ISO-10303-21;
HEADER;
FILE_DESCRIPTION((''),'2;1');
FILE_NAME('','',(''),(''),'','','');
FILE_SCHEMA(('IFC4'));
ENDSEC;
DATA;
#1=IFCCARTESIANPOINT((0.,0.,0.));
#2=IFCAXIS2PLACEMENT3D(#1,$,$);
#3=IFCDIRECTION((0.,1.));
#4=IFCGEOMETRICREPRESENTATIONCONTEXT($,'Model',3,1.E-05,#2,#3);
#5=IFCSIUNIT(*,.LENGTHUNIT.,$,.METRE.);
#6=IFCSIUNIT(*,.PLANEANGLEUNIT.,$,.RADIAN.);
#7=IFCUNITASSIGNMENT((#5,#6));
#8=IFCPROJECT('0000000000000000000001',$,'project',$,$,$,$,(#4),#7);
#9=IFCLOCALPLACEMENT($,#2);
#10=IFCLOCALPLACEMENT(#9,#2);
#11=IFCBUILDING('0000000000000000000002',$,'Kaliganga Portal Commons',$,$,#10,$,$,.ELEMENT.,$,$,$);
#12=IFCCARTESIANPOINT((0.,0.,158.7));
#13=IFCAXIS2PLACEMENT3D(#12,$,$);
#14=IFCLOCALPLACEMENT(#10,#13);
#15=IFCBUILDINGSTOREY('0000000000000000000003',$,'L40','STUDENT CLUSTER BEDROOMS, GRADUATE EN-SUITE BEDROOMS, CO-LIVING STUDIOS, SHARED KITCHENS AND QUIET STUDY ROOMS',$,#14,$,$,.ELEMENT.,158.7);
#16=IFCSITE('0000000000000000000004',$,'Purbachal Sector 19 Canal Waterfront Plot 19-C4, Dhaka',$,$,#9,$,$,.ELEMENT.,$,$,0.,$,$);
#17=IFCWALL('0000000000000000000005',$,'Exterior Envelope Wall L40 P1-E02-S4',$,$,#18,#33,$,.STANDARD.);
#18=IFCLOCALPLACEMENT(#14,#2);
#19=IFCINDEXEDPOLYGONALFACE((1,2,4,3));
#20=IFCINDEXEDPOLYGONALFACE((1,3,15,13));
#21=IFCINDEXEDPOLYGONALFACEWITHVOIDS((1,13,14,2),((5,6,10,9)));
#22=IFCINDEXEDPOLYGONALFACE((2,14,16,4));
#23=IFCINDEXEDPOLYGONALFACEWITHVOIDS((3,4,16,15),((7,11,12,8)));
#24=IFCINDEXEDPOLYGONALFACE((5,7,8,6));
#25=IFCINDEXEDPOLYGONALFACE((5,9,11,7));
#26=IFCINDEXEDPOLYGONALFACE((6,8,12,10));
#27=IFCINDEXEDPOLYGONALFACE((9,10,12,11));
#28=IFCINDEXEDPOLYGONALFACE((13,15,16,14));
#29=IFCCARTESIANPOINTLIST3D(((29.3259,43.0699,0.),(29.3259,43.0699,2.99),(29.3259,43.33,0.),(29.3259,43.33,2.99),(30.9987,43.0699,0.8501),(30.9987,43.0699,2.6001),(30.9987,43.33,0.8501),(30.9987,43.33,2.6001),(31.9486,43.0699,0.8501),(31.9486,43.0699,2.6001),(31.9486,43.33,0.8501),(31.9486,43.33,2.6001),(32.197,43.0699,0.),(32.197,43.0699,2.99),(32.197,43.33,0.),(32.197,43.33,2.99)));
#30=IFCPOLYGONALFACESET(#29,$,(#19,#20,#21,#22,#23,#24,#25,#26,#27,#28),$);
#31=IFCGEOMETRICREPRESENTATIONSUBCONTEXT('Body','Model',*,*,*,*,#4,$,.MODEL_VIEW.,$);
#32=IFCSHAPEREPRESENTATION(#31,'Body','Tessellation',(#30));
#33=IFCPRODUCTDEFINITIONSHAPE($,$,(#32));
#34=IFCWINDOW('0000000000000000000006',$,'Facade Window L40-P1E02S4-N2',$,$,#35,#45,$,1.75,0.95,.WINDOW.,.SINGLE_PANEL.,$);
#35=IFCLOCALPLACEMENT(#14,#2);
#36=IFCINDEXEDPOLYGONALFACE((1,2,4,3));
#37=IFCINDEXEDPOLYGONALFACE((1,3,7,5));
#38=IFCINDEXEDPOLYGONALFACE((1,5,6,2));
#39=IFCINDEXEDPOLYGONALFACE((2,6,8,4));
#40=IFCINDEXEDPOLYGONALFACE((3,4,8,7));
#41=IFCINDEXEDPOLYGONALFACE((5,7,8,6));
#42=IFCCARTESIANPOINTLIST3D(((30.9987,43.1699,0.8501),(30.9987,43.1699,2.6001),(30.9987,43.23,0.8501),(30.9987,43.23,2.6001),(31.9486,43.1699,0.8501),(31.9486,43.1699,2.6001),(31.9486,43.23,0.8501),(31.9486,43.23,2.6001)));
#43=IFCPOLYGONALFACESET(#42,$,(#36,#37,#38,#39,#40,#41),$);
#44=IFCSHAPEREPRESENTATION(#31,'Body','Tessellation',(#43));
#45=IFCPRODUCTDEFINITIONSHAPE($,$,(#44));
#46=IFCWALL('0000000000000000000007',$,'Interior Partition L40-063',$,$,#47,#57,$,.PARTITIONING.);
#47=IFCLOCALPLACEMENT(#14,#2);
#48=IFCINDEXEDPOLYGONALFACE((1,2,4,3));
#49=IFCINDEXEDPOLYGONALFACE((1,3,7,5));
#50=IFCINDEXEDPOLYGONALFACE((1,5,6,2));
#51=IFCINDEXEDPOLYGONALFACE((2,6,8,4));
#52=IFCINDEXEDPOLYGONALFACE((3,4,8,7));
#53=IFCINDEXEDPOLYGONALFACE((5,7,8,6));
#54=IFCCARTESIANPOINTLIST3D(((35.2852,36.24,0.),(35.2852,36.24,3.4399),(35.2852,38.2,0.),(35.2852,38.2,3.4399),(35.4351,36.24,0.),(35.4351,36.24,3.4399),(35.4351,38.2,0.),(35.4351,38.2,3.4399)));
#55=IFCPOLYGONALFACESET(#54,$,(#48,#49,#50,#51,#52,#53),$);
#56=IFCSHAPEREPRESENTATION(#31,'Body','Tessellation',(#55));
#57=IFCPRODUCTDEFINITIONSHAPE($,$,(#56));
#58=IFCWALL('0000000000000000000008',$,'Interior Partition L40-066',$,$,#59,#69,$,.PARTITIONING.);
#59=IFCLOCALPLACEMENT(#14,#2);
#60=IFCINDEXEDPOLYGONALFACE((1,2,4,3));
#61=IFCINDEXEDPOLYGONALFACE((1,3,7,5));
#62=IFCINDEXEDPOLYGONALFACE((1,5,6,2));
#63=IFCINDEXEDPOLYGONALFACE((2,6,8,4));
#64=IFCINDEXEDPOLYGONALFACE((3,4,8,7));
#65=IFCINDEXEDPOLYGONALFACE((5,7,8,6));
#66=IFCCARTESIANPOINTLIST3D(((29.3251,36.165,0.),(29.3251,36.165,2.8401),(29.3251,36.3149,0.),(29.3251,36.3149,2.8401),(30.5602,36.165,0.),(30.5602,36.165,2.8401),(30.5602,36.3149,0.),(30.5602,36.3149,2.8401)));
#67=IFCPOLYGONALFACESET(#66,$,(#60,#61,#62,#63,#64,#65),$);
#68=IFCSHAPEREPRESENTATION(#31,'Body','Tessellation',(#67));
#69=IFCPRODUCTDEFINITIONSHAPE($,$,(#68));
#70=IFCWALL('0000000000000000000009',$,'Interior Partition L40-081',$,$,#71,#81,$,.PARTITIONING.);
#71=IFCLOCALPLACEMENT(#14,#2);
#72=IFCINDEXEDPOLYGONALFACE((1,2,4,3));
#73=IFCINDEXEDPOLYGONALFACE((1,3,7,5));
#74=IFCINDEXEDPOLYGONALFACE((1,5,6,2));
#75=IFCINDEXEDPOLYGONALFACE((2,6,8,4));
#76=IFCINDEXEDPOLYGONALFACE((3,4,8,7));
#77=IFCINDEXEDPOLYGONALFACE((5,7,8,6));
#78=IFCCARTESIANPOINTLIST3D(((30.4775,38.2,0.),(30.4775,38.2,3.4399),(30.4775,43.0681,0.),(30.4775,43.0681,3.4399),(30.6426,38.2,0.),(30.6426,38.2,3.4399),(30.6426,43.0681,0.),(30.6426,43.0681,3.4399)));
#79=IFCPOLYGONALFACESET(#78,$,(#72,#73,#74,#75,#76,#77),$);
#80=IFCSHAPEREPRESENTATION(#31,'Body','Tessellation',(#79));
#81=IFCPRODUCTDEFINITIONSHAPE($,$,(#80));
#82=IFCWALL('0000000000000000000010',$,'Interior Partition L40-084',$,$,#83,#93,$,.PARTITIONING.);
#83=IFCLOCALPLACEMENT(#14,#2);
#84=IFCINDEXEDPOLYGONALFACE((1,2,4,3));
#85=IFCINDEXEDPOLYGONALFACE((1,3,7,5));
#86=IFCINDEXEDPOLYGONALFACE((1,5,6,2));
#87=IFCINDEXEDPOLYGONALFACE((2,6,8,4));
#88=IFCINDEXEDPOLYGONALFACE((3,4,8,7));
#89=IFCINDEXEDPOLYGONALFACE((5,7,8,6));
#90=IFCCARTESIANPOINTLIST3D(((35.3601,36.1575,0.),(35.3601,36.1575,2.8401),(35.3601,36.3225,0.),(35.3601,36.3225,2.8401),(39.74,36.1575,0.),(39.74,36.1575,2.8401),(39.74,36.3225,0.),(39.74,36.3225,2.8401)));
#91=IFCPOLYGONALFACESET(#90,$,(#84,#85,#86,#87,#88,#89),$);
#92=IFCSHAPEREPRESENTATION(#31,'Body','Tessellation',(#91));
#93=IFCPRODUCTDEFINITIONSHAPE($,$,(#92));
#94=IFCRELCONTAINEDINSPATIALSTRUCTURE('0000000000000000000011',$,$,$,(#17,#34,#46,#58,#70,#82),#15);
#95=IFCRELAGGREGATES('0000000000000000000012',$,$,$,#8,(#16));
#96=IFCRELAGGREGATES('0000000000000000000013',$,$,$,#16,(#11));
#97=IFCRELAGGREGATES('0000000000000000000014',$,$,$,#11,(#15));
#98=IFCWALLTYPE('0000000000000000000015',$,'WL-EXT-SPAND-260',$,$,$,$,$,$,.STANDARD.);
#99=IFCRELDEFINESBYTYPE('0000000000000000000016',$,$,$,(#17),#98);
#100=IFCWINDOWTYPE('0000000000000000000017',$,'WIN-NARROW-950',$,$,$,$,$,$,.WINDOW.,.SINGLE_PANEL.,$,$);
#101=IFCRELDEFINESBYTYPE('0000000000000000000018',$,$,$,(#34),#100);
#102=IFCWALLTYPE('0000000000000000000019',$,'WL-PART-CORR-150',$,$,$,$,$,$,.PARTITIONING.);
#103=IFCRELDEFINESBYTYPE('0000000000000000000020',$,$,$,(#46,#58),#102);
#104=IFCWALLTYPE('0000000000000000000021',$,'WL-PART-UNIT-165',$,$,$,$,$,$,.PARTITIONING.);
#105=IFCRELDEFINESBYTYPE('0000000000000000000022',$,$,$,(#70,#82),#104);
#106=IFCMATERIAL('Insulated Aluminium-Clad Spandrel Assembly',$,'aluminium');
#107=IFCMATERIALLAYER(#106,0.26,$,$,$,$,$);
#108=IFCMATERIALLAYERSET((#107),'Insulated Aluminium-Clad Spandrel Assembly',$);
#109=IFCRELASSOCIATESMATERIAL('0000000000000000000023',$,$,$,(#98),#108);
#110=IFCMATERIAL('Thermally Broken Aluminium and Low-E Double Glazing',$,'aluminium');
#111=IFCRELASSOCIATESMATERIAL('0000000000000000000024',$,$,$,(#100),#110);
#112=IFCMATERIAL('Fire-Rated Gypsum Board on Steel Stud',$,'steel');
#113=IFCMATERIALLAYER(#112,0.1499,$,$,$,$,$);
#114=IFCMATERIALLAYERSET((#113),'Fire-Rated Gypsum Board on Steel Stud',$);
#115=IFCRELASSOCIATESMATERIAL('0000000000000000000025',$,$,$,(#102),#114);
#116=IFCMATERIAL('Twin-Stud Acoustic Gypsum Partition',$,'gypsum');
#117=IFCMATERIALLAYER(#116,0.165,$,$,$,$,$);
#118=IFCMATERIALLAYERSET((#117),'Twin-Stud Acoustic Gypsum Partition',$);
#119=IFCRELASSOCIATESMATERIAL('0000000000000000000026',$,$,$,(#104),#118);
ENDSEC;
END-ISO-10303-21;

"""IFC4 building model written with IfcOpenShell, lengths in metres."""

from ifc_helpers import new_model, si_unit, direction, frame, frame_2d, origin, place, context, subcontext, project, spatial, rectangle, extrude, material, layer, layer_set, type_object, element, fill, save


model = new_model("IFC4")

# Units and contexts
model_context = context("Model", 3, precision=1e-05, world=origin(), true_north=direction((0.0, 1.0)))
body_context = subcontext(model_context, "Body", "Model", "MODEL_VIEW")
ifc_project = project(units=[si_unit("LENGTHUNIT", "METRE"), si_unit("PLANEANGLEUNIT", "RADIAN")], contexts=[model_context])

# Site, building, storey
site_placement = place(None, origin())
site = spatial("IfcSite", under=ifc_project, at=site_placement, Name="Purbachal Sector 19 Canal Waterfront Plot 19-C4, Dhaka", CompositionType="ELEMENT", RefElevation=0.0)
building_placement = place(site_placement, origin())
building = spatial("IfcBuilding", under=site, at=building_placement, Name="Kaliganga Portal Commons", CompositionType="ELEMENT")
storey_placement = place(building_placement, frame((0.0, 0.0, 158.7)))
storey = spatial("IfcBuildingStorey", under=building, at=storey_placement, Name="L40", Description="STUDENT CLUSTER BEDROOMS, GRADUATE EN-SUITE BEDROOMS, CO-LIVING STUDIOS, SHARED KITCHENS AND QUIET STUDY ROOMS", CompositionType="ELEMENT", Elevation=158.7)

# Wall, opening, window
ifc_material_1 = material(Name="Insulated Aluminium-Clad Spandrel Assembly", Category="aluminium")
ifc_layer_1 = layer(ifc_material_1, 0.26)
ifc_layer_set_1 = layer_set([ifc_layer_1], Name="Insulated Aluminium-Clad Spandrel Assembly")
wall_type_1 = type_object("IfcWallType", Name="WL-EXT-SPAND-260", PredefinedType="STANDARD", material=ifc_layer_set_1)
ifc_material_2 = material(Name="Thermally Broken Aluminium and Low-E Double Glazing", Category="aluminium")
window_type = type_object("IfcWindowType", Name="WIN-NARROW-950", PartitioningType="SINGLE_PANEL", PredefinedType="WINDOW", material=ifc_material_2)
wall_1_placement = place(storey_placement, frame((29.3259, 43.2, 0.0), z_axis=(0.0, 0.0, 1.0), x_axis=(1.0, 0.0, 0.0)))
wall_1 = element("IfcWall", 1, at=wall_1_placement, inside=storey, type_object=wall_type_1, Name="Exterior Envelope Wall L40 P1-E02-S4", PredefinedType="STANDARD", context=body_context, shape_type="SweptSolid", body=[
    extrude(rectangle(XDim=2.8711, YDim=0.26, at=frame_2d((1.4355, 0.0))), origin(), (0.0, 0.0, 1.0), 2.99),
])
opening_1_placement = place(wall_1_placement, frame((1.6726, 0.0, 0.8501)))
opening_1 = element("IfcOpeningElement", 2, at=opening_1_placement, cuts=wall_1, PredefinedType="OPENING", context=body_context, shape_type="SweptSolid", body=[
    extrude(rectangle(XDim=0.95, YDim=1.75, at=frame_2d((0.4751, 0.875))), frame((0.0, 0.1401, 0.0), z_axis=(0.0, -1.0, 0.0), x_axis=(1.0, 0.0, 0.0)), (0.0, 0.0, 1.0), 0.28),
])
window_1_placement = place(opening_1_placement, origin())
window_1 = element("IfcWindow", 3, at=window_1_placement, inside=storey, type_object=window_type, Name="Facade Window L40-P1E02S4-N2", OverallHeight=1.75, OverallWidth=0.95, PartitioningType="SINGLE_PANEL", PredefinedType="WINDOW", context=body_context, shape_type="SweptSolid", body=[
    extrude(rectangle(XDim=0.95, YDim=1.75, at=frame_2d((0.4751, 0.875))), frame((0.0, 0.03, 0.0), z_axis=(0.0, -1.0, 0.0), x_axis=(1.0, 0.0, 0.0)), (0.0, 0.0, 1.0), 0.0601),
])
fill(opening_1, window_1)

# Shared definitions
ifc_material_3 = material(Name="Fire-Rated Gypsum Board on Steel Stud", Category="steel")
ifc_layer_2 = layer(ifc_material_3, 0.1499)
ifc_layer_set_2 = layer_set([ifc_layer_2], Name="Fire-Rated Gypsum Board on Steel Stud")
wall_type_2 = type_object("IfcWallType", Name="WL-PART-CORR-150", PredefinedType="PARTITIONING", material=ifc_layer_set_2)

# Walls
wall_2_placement = place(storey_placement, frame((35.3601, 36.24, 0.0), z_axis=(0.0, 0.0, 1.0), x_axis=(0.0, 1.0, 0.0)))
element("IfcWall", 4, at=wall_2_placement, inside=storey, type_object=wall_type_2, Name="Interior Partition L40-063", PredefinedType="PARTITIONING", context=body_context, shape_type="SweptSolid", body=[
    extrude(rectangle(XDim=1.96, YDim=0.1499, at=frame_2d((0.98, 0.0))), origin(), (0.0, 0.0, 1.0), 3.4399),
])
wall_3_placement = place(storey_placement, frame((29.325, 36.24, 0.0), z_axis=(0.0, 0.0, 1.0), x_axis=(1.0, 0.0, 0.0)))
element("IfcWall", 5, at=wall_3_placement, inside=storey, type_object=wall_type_2, Name="Interior Partition L40-066", PredefinedType="PARTITIONING", context=body_context, shape_type="SweptSolid", body=[
    extrude(rectangle(XDim=1.2351, YDim=0.1499, at=frame_2d((0.6177, 0.0))), origin(), (0.0, 0.0, 1.0), 2.8401),
])
ifc_material_4 = material(Name="Twin-Stud Acoustic Gypsum Partition", Category="gypsum")
ifc_layer_3 = layer(ifc_material_4, 0.165)
ifc_layer_set_3 = layer_set([ifc_layer_3], Name="Twin-Stud Acoustic Gypsum Partition")
wall_type_3 = type_object("IfcWallType", Name="WL-PART-UNIT-165", PredefinedType="PARTITIONING", material=ifc_layer_set_3)
wall_4_placement = place(storey_placement, frame((30.5601, 38.2, 0.0), z_axis=(0.0, 0.0, 1.0), x_axis=(0.0, 1.0, 0.0)))
element("IfcWall", 6, at=wall_4_placement, inside=storey, type_object=wall_type_3, Name="Interior Partition L40-081", PredefinedType="PARTITIONING", context=body_context, shape_type="SweptSolid", body=[
    extrude(rectangle(XDim=4.8682, YDim=0.165, at=frame_2d((2.4341, 0.0))), origin(), (0.0, 0.0, 1.0), 3.4399),
])
wall_5_placement = place(storey_placement, frame((35.3601, 36.24, 0.0), z_axis=(0.0, 0.0, 1.0), x_axis=(1.0, 0.0, 0.0)))
element("IfcWall", 7, at=wall_5_placement, inside=storey, type_object=wall_type_3, Name="Interior Partition L40-084", PredefinedType="PARTITIONING", context=body_context, shape_type="SweptSolid", body=[
    extrude(rectangle(XDim=4.3799, YDim=0.165, at=frame_2d((2.1899, 0.0))), origin(), (0.0, 0.0, 1.0), 2.8401),
])

save(model, "model.ifc")
